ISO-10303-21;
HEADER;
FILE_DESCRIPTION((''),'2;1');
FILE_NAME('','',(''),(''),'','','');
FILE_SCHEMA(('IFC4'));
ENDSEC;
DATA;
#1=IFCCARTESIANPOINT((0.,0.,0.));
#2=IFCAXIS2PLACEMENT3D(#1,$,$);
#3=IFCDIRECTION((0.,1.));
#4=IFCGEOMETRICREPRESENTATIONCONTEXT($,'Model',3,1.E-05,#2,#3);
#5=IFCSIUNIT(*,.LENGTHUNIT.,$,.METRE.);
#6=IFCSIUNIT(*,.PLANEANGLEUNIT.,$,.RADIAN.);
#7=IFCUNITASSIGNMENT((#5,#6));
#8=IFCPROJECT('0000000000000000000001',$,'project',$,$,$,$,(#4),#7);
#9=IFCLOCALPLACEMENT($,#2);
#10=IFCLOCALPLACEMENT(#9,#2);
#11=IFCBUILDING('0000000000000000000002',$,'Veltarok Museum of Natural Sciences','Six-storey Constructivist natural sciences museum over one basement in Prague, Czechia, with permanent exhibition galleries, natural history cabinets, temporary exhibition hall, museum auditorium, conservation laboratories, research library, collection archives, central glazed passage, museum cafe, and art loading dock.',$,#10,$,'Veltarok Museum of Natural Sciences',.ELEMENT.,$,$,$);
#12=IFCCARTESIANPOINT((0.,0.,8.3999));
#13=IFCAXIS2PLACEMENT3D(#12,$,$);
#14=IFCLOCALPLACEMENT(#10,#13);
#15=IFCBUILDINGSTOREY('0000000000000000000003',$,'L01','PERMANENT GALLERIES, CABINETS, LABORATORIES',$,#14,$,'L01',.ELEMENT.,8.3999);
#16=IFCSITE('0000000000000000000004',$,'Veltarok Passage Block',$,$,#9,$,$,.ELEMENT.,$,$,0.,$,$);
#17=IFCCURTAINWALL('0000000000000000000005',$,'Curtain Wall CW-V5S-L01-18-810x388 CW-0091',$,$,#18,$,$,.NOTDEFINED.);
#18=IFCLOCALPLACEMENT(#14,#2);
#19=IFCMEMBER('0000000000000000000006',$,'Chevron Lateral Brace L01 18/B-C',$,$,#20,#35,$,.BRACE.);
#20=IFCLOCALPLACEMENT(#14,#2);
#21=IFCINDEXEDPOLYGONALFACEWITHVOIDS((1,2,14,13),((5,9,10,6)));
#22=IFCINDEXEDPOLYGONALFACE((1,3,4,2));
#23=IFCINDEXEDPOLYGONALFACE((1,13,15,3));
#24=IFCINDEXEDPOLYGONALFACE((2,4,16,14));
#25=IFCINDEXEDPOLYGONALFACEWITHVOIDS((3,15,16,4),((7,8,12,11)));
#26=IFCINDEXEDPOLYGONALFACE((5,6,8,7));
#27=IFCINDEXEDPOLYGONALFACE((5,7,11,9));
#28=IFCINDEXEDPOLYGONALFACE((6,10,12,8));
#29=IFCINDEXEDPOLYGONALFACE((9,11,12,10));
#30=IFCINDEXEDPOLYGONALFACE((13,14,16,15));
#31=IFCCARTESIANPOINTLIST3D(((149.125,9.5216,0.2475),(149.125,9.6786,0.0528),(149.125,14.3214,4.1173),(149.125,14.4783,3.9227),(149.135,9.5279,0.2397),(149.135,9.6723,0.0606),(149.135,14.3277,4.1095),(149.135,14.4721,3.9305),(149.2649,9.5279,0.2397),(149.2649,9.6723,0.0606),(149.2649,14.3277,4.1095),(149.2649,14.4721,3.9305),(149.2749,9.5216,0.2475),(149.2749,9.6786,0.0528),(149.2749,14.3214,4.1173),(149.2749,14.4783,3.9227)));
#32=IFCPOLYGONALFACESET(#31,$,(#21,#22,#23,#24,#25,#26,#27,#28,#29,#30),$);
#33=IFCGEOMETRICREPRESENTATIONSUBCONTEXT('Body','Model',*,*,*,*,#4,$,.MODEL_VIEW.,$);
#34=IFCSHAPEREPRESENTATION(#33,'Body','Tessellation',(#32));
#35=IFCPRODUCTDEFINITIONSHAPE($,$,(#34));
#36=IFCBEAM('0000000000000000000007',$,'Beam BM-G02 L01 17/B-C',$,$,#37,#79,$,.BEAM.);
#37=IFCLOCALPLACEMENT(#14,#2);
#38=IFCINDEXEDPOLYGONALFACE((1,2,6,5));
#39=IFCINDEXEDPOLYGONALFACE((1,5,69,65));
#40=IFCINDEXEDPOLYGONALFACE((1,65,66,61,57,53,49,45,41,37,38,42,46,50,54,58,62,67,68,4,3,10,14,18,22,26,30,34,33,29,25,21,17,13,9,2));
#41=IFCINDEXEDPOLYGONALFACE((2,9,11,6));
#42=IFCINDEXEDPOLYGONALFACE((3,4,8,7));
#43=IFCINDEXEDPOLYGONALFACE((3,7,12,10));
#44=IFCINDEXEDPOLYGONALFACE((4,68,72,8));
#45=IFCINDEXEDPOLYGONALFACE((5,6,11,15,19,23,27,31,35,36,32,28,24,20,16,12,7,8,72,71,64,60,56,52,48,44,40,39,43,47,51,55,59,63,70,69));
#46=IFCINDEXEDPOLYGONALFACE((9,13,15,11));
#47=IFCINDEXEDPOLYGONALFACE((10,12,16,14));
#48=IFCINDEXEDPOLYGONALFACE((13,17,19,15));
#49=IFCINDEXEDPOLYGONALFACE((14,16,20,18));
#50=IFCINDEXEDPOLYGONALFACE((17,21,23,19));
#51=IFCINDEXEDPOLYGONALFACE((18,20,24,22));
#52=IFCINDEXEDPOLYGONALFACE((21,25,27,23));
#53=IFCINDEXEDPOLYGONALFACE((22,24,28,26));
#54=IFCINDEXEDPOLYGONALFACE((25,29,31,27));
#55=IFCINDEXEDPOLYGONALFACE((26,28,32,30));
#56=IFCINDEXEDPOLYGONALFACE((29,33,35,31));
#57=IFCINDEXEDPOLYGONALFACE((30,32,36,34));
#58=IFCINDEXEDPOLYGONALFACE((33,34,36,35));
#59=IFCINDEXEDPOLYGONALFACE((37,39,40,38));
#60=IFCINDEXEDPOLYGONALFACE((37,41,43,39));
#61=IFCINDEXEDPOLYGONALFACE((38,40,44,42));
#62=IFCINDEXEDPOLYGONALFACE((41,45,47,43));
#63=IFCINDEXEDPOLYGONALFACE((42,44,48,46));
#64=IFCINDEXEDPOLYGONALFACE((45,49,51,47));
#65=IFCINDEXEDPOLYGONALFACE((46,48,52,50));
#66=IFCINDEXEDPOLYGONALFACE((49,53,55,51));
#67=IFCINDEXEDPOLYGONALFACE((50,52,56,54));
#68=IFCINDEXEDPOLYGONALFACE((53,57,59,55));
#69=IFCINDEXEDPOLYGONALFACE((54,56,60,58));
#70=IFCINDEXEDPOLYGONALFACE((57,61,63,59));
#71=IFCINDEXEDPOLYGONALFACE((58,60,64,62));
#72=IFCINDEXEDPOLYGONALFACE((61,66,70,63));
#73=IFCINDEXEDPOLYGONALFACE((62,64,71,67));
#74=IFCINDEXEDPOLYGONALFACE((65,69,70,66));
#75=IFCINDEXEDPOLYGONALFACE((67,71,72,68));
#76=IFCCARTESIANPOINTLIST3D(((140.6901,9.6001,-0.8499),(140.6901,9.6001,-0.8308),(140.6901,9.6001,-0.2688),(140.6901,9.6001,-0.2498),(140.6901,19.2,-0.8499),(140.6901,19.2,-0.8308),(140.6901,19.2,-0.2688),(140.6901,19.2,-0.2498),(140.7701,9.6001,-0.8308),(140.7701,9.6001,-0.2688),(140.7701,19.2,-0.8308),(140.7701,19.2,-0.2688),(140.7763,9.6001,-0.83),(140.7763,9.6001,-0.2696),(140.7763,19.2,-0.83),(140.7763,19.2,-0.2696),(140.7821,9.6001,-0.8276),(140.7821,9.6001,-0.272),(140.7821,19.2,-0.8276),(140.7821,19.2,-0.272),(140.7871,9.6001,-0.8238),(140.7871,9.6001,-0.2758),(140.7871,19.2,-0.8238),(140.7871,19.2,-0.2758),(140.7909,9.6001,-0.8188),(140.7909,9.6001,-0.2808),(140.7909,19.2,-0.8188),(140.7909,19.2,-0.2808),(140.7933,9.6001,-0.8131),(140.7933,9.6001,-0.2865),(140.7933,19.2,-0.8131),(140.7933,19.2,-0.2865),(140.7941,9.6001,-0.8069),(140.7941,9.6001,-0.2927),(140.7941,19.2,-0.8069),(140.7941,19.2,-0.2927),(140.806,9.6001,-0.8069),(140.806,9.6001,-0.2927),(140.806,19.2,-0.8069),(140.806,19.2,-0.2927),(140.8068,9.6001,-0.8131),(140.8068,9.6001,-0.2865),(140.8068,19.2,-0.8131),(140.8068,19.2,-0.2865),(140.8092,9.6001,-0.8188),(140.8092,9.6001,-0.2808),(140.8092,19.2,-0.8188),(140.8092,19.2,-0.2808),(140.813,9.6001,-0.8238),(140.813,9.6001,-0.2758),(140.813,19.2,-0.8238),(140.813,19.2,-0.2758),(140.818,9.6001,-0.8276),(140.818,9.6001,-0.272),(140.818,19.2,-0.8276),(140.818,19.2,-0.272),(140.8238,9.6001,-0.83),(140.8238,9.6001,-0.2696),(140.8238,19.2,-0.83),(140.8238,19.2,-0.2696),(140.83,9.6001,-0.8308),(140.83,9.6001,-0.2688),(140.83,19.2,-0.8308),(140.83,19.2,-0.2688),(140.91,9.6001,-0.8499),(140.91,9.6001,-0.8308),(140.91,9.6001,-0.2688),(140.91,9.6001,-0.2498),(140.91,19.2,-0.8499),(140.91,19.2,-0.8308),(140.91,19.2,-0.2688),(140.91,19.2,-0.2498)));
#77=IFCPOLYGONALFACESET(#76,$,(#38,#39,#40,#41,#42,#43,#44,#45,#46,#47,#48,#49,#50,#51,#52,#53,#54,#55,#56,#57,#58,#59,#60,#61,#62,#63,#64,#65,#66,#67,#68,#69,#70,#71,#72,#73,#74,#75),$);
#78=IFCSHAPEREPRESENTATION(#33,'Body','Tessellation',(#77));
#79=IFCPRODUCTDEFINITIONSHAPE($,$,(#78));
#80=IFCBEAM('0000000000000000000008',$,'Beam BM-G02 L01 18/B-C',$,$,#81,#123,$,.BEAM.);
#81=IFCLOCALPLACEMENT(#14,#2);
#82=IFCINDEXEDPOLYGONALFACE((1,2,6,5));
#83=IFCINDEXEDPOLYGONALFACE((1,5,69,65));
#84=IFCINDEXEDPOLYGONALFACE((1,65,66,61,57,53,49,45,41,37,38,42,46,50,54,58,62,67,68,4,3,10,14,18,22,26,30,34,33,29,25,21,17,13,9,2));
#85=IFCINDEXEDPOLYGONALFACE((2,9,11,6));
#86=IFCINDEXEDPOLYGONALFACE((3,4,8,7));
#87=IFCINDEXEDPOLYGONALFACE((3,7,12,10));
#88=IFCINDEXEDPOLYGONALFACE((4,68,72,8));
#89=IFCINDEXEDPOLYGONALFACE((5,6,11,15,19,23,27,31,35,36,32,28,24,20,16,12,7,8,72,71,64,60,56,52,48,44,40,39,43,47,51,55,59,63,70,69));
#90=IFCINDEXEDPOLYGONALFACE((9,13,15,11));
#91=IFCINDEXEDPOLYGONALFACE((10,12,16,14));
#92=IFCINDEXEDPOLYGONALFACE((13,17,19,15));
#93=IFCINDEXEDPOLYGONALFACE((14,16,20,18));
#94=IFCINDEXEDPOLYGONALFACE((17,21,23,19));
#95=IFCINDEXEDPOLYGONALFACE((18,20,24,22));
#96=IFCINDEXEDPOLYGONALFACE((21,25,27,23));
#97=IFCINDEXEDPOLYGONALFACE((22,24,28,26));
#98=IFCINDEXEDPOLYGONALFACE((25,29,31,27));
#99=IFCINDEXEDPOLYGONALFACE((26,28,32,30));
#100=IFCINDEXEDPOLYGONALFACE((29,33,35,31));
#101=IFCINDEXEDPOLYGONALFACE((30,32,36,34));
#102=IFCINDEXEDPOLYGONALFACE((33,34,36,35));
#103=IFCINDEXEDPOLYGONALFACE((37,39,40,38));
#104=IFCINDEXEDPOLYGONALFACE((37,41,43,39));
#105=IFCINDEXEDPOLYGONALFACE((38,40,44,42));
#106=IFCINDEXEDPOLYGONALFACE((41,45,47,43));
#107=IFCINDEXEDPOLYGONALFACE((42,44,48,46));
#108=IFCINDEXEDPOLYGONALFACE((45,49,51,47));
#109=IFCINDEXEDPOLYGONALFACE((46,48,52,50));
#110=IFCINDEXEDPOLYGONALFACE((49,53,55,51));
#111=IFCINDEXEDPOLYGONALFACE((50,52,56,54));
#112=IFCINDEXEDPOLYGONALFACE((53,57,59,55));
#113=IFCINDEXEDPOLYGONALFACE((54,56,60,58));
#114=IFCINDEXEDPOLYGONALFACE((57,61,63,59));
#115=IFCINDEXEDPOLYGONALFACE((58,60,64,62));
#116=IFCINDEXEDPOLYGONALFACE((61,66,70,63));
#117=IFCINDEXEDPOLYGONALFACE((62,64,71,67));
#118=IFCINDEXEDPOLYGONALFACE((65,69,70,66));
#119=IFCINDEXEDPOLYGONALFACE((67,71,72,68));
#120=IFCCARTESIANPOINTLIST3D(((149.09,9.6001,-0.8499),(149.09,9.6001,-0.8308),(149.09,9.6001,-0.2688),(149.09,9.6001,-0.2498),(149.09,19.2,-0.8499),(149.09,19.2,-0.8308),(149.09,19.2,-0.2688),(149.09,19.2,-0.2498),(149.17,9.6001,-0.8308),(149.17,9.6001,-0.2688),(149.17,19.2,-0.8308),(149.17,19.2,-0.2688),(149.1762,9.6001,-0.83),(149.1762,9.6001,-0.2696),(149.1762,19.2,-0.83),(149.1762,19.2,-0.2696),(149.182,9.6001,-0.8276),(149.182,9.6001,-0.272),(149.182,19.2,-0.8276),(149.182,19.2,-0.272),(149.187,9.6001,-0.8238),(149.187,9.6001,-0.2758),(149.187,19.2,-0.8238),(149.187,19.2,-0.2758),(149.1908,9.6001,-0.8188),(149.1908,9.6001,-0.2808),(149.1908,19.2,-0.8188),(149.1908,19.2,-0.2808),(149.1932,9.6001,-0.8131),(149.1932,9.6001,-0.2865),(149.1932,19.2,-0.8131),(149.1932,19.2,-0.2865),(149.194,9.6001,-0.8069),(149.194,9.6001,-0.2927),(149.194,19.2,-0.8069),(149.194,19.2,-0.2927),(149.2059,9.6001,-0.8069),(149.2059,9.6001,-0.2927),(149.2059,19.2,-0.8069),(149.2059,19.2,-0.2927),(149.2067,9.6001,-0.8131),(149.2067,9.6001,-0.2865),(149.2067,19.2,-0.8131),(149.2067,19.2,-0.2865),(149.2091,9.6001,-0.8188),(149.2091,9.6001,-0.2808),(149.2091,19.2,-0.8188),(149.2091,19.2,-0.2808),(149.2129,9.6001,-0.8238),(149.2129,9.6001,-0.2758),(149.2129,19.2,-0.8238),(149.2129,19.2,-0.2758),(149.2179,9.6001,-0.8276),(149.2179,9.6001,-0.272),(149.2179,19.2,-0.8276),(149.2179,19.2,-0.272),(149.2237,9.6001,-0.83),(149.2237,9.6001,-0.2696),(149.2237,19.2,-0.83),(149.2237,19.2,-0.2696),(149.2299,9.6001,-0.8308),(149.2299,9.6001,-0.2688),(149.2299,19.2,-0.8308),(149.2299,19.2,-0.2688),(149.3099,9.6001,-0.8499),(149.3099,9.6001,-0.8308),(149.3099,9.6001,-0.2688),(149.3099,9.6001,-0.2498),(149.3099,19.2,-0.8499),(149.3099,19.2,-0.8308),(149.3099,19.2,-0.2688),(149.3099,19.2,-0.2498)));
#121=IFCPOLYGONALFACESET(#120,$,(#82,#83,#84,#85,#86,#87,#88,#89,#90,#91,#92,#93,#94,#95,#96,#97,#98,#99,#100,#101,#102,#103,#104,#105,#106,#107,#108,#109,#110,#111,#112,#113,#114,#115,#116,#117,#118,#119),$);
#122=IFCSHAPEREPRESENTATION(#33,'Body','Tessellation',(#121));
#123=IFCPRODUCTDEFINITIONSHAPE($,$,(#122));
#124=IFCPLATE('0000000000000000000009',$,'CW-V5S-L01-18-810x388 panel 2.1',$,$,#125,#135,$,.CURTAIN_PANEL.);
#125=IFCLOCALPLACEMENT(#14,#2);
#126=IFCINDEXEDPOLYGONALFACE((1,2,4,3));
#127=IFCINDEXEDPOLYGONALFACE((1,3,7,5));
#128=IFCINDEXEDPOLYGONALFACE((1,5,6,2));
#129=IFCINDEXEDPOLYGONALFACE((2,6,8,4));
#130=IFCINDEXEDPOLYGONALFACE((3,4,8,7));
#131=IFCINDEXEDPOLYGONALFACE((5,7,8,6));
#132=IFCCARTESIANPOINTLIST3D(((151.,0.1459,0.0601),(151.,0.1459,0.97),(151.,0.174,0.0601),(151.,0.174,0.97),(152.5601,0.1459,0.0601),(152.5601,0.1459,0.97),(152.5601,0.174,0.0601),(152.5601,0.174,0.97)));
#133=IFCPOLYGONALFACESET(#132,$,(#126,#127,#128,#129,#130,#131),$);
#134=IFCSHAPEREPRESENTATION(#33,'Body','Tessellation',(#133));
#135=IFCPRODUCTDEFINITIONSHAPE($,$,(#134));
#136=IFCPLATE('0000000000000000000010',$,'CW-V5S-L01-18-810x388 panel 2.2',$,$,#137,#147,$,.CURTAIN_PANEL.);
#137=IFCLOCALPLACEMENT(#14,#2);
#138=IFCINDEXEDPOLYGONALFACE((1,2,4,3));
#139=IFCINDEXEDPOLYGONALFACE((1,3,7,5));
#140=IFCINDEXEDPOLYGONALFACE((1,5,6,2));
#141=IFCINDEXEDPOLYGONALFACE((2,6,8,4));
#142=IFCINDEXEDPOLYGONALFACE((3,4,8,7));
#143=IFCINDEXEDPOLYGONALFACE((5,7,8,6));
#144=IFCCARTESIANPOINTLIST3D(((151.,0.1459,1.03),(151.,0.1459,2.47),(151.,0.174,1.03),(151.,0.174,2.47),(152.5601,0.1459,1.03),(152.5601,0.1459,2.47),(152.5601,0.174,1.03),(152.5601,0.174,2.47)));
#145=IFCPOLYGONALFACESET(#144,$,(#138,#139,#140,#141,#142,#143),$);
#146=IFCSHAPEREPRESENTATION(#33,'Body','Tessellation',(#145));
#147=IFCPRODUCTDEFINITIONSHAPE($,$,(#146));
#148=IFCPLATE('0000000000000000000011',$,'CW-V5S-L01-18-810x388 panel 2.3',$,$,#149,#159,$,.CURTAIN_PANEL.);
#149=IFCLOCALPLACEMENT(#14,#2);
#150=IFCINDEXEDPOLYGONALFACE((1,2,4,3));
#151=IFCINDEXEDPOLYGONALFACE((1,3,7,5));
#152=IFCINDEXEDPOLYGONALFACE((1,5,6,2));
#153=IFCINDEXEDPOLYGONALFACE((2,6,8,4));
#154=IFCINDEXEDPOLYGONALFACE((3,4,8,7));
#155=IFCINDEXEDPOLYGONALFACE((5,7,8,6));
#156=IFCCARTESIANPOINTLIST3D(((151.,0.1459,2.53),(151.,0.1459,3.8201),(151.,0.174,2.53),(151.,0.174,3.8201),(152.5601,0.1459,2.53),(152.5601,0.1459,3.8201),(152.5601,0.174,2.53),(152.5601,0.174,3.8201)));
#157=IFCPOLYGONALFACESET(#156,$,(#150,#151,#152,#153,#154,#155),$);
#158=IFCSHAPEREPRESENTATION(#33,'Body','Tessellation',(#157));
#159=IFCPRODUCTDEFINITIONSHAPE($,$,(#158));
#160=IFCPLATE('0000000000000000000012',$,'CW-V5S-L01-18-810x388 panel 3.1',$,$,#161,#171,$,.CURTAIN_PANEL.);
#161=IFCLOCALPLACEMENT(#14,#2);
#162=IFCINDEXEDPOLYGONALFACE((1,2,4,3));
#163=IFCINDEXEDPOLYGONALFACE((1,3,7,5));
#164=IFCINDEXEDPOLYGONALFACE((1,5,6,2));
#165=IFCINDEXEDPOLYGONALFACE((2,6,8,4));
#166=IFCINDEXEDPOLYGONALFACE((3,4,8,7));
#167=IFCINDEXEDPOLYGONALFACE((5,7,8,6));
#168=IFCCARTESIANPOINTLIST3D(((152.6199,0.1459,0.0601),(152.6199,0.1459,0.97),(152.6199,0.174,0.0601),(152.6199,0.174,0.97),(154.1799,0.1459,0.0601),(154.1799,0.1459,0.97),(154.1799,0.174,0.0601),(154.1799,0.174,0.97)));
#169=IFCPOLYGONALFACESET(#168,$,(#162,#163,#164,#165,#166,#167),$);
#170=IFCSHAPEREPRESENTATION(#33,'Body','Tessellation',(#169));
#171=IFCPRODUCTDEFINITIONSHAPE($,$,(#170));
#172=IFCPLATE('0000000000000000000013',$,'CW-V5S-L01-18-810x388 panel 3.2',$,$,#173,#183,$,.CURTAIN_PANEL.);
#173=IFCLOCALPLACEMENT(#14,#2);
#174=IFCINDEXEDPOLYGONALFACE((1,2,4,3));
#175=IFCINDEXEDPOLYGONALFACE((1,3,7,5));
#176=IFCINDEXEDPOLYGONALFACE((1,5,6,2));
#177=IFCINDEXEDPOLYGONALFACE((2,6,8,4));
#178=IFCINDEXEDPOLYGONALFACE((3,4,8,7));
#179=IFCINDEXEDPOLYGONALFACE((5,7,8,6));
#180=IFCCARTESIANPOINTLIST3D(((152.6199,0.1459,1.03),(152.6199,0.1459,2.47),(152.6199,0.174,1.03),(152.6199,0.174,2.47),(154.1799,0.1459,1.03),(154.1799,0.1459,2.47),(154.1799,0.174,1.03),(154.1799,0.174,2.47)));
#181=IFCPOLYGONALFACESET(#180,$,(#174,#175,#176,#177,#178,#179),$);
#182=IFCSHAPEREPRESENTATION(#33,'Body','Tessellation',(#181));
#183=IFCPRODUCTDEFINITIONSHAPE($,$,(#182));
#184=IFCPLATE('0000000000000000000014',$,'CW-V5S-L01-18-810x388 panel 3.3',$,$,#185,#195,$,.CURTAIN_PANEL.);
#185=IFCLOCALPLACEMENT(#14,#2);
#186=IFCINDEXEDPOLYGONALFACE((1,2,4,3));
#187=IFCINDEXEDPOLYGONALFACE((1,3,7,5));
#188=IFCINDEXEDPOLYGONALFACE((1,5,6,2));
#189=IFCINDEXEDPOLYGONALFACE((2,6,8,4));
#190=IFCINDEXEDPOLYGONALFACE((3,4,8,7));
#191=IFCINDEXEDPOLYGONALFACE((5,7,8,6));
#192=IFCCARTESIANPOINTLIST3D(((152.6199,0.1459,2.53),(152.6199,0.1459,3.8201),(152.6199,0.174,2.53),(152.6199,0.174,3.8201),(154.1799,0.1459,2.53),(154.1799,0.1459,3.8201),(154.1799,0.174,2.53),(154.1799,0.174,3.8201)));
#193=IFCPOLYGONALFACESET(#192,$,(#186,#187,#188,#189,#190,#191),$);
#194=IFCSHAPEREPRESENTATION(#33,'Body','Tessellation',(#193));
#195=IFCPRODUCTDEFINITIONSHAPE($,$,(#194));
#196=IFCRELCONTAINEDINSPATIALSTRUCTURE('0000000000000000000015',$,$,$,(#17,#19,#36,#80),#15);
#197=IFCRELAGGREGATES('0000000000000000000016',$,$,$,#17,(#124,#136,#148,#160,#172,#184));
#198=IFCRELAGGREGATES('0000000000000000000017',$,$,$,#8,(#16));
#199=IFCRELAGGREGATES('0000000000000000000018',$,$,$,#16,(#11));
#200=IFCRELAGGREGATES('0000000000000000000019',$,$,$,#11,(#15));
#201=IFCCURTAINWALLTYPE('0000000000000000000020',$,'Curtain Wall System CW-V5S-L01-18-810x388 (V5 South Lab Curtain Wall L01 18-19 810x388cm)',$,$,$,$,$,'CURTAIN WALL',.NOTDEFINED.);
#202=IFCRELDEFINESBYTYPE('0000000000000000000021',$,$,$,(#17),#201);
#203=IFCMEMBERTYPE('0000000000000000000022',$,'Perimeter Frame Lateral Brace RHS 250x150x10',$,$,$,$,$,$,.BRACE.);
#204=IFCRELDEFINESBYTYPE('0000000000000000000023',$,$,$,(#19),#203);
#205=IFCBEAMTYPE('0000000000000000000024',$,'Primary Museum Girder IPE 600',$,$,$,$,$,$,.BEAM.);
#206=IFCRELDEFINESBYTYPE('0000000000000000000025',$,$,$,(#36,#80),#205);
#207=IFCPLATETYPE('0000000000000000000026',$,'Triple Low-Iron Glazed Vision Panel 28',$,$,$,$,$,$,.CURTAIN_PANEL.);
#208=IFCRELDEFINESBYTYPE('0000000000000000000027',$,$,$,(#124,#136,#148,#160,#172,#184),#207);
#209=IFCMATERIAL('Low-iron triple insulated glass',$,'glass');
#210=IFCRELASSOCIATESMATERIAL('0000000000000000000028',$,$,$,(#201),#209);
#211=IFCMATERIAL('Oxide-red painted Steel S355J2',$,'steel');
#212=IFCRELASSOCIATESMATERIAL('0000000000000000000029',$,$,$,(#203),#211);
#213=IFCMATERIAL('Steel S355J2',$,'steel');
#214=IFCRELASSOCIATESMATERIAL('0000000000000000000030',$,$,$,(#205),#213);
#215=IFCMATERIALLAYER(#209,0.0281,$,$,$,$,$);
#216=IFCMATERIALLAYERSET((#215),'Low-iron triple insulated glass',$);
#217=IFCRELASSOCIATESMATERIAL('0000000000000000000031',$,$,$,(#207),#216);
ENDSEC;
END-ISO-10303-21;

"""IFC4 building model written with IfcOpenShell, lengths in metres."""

from ifc_helpers import new_model, si_unit, direction, frame, origin, origin_2d, place, context, subcontext, project, spatial, rectangle, hollow_rectangle, i_section, extrude, material, layer, layer_set, material_profile, profile_set, type_object, element, aggregate, save


model = new_model("IFC4")

# Units and contexts
model_context = context("Model", 3, precision=1e-05, world=origin(), true_north=direction((0.0, 1.0)))
body_context = subcontext(model_context, "Body", "Model", "MODEL_VIEW")
ifc_project = project(units=[si_unit("LENGTHUNIT", "METRE"), si_unit("PLANEANGLEUNIT", "RADIAN")], contexts=[model_context])

# Site, building, storey
site_placement = place(None, origin())
site = spatial("IfcSite", under=ifc_project, at=site_placement, Name="Veltarok Passage Block", CompositionType="ELEMENT", RefElevation=0.0)
building_placement = place(site_placement, origin())
building = spatial("IfcBuilding", under=site, at=building_placement, Name="Veltarok Museum of Natural Sciences", Description="Six-storey Constructivist natural sciences museum over one basement in Prague, Czechia, with permanent exhibition galleries, natural history cabinets, temporary exhibition hall, museum auditorium, conservation laboratories, research library, collection archives, central glazed passage, museum cafe, and art loading dock.", LongName="Veltarok Museum of Natural Sciences", CompositionType="ELEMENT")
storey_placement = place(building_placement, frame((0.0, 0.0, 8.3999)))
storey = spatial("IfcBuildingStorey", under=building, at=storey_placement, Name="L01", Description="PERMANENT GALLERIES, CABINETS, LABORATORIES", LongName="L01", CompositionType="ELEMENT", Elevation=8.3999)

# Shared definitions
ifc_material_1 = material(Name="Steel S355J2", Category="steel")

# Curtain wall
ifc_material_2 = material(Name="Low-iron triple insulated glass", Category="glass")
curtain_wall_type = type_object("IfcCurtainWallType", Name="Curtain Wall System CW-V5S-L01-18-810x388 (V5 South Lab Curtain Wall L01 18-19 810x388cm)", ElementType="CURTAIN WALL", PredefinedType="NOTDEFINED", material=ifc_material_2)
curtain_wall_placement = place(storey_placement, origin())
curtain_wall = element("IfcCurtainWall", 1, at=curtain_wall_placement, inside=storey, type_object=curtain_wall_type, Name="Curtain Wall CW-V5S-L01-18-810x388 CW-0091", PredefinedType="NOTDEFINED")

# Member
ifc_material_3 = material(Name="Oxide-red painted Steel S355J2", Category="steel")
ifc_material_profile_1 = material_profile(ifc_material_3, hollow_rectangle(XDim=0.1499, YDim=0.25, WallThickness=0.01, at=origin_2d()), Name="RHS 250x150x10")
ifc_profile_set_1 = profile_set([ifc_material_profile_1], Name="Oxide-red painted Steel S355J2")
member_type_1 = type_object("IfcMemberType", Name="Perimeter Frame Lateral Brace RHS 250x150x10", PredefinedType="BRACE", material=ifc_profile_set_1)
member_1_placement = place(storey_placement, frame((149.2, 9.6001, 0.1501), z_axis=(0.0, 0.778487, 0.62766), x_axis=(-1.0, 0.0, 0.0)))
element("IfcMember", 2, at=member_1_placement, inside=storey, type_object=member_type_1, Name="Chevron Lateral Brace L01 18/B-C", PredefinedType="BRACE", context=body_context, shape_type="SweptSolid", body=[
    extrude(hollow_rectangle(XDim=0.1499, YDim=0.25, WallThickness=0.01, at=origin_2d()), origin(), (0.0, 0.0, 1.0), 6.1655),
])

# Beams
ifc_material_profile_2 = material_profile(ifc_material_1, i_section(OverallWidth=0.22, OverallDepth=0.6001, WebThickness=0.012, FlangeThickness=0.019, FilletRadius=0.0239, at=origin_2d()), Name="IPE 600")
ifc_profile_set_2 = profile_set([ifc_material_profile_2], Name="Steel S355J2")
beam_type_1 = type_object("IfcBeamType", Name="Primary Museum Girder IPE 600", PredefinedType="BEAM", material=ifc_profile_set_2)
for number, where, z_axis, x_axis, name in (
    (3, (140.8, 9.6001, -0.5498), (0.0, 1.0, 0.0), (-1.0, 0.0, 0.0), "Beam BM-G02 L01 17/B-C"),
    (4, (149.2, 9.6001, -0.5498), (0.0, 1.0, 0.0), (-1.0, 0.0, 0.0), "Beam BM-G02 L01 18/B-C"),
):
    element("IfcBeam", number, at=place(storey_placement, frame(where, z_axis=z_axis, x_axis=x_axis)), inside=storey, type_object=beam_type_1, Name=name, PredefinedType="BEAM", context=body_context, shape_type="SweptSolid", body=[
        extrude(i_section(OverallWidth=0.22, OverallDepth=0.6001, WebThickness=0.012, FlangeThickness=0.019, FilletRadius=0.0239, at=origin_2d()), origin(), (0.0, 0.0, 1.0), 9.5999),
    ])

# Plates
ifc_layer = layer(ifc_material_2, 0.0281)
ifc_layer_set = layer_set([ifc_layer], Name="Low-iron triple insulated glass")
plate_type = type_object("IfcPlateType", Name="Triple Low-Iron Glazed Vision Panel 28", PredefinedType="CURTAIN_PANEL", material=ifc_layer_set)
plate_1_placement = place(storey_placement, frame((151.78, 0.1599, 0.0601), z_axis=(0.0, 0.0, 1.0), x_axis=(1.0, 0.0, 0.0)))
plate_1 = element("IfcPlate", 5, at=plate_1_placement, type_object=plate_type, Name="CW-V5S-L01-18-810x388 panel 2.1", PredefinedType="CURTAIN_PANEL", context=body_context, shape_type="SweptSolid", body=[
    extrude(rectangle(XDim=1.5601, YDim=0.0281, at=origin_2d()), origin(), (0.0, 0.0, 1.0), 0.9099),
])
plate_2_placement = place(storey_placement, frame((151.78, 0.1599, 1.03), z_axis=(0.0, 0.0, 1.0), x_axis=(1.0, 0.0, 0.0)))
plate_2 = element("IfcPlate", 6, at=plate_2_placement, type_object=plate_type, Name="CW-V5S-L01-18-810x388 panel 2.2", PredefinedType="CURTAIN_PANEL", context=body_context, shape_type="SweptSolid", body=[
    extrude(rectangle(XDim=1.5601, YDim=0.0281, at=origin_2d()), origin(), (0.0, 0.0, 1.0), 1.4399),
])
plate_3_placement = place(storey_placement, frame((151.78, 0.1599, 2.53), z_axis=(0.0, 0.0, 1.0), x_axis=(1.0, 0.0, 0.0)))
plate_3 = element("IfcPlate", 7, at=plate_3_placement, type_object=plate_type, Name="CW-V5S-L01-18-810x388 panel 2.3", PredefinedType="CURTAIN_PANEL", context=body_context, shape_type="SweptSolid", body=[
    extrude(rectangle(XDim=1.5601, YDim=0.0281, at=origin_2d()), origin(), (0.0, 0.0, 1.0), 1.29),
])
plate_4_placement = place(storey_placement, frame((153.3999, 0.1599, 0.0601), z_axis=(0.0, 0.0, 1.0), x_axis=(1.0, 0.0, 0.0)))
plate_4 = element("IfcPlate", 8, at=plate_4_placement, type_object=plate_type, Name="CW-V5S-L01-18-810x388 panel 3.1", PredefinedType="CURTAIN_PANEL", context=body_context, shape_type="SweptSolid", body=[
    extrude(rectangle(XDim=1.5601, YDim=0.0281, at=origin_2d()), origin(), (0.0, 0.0, 1.0), 0.9099),
])
plate_5_placement = place(storey_placement, frame((153.3999, 0.1599, 1.03), z_axis=(0.0, 0.0, 1.0), x_axis=(1.0, 0.0, 0.0)))
plate_5 = element("IfcPlate", 9, at=plate_5_placement, type_object=plate_type, Name="CW-V5S-L01-18-810x388 panel 3.2", PredefinedType="CURTAIN_PANEL", context=body_context, shape_type="SweptSolid", body=[
    extrude(rectangle(XDim=1.5601, YDim=0.0281, at=origin_2d()), origin(), (0.0, 0.0, 1.0), 1.4399),
])
plate_6_placement = place(storey_placement, frame((153.3999, 0.1599, 2.53), z_axis=(0.0, 0.0, 1.0), x_axis=(1.0, 0.0, 0.0)))
plate_6 = element("IfcPlate", 10, at=plate_6_placement, type_object=plate_type, Name="CW-V5S-L01-18-810x388 panel 3.3", PredefinedType="CURTAIN_PANEL", context=body_context, shape_type="SweptSolid", body=[
    extrude(rectangle(XDim=1.5601, YDim=0.0281, at=origin_2d()), origin(), (0.0, 0.0, 1.0), 1.29),
])
aggregate(curtain_wall, [plate_1, plate_2, plate_3, plate_4, plate_5, plate_6])

save(model, "model.ifc")
